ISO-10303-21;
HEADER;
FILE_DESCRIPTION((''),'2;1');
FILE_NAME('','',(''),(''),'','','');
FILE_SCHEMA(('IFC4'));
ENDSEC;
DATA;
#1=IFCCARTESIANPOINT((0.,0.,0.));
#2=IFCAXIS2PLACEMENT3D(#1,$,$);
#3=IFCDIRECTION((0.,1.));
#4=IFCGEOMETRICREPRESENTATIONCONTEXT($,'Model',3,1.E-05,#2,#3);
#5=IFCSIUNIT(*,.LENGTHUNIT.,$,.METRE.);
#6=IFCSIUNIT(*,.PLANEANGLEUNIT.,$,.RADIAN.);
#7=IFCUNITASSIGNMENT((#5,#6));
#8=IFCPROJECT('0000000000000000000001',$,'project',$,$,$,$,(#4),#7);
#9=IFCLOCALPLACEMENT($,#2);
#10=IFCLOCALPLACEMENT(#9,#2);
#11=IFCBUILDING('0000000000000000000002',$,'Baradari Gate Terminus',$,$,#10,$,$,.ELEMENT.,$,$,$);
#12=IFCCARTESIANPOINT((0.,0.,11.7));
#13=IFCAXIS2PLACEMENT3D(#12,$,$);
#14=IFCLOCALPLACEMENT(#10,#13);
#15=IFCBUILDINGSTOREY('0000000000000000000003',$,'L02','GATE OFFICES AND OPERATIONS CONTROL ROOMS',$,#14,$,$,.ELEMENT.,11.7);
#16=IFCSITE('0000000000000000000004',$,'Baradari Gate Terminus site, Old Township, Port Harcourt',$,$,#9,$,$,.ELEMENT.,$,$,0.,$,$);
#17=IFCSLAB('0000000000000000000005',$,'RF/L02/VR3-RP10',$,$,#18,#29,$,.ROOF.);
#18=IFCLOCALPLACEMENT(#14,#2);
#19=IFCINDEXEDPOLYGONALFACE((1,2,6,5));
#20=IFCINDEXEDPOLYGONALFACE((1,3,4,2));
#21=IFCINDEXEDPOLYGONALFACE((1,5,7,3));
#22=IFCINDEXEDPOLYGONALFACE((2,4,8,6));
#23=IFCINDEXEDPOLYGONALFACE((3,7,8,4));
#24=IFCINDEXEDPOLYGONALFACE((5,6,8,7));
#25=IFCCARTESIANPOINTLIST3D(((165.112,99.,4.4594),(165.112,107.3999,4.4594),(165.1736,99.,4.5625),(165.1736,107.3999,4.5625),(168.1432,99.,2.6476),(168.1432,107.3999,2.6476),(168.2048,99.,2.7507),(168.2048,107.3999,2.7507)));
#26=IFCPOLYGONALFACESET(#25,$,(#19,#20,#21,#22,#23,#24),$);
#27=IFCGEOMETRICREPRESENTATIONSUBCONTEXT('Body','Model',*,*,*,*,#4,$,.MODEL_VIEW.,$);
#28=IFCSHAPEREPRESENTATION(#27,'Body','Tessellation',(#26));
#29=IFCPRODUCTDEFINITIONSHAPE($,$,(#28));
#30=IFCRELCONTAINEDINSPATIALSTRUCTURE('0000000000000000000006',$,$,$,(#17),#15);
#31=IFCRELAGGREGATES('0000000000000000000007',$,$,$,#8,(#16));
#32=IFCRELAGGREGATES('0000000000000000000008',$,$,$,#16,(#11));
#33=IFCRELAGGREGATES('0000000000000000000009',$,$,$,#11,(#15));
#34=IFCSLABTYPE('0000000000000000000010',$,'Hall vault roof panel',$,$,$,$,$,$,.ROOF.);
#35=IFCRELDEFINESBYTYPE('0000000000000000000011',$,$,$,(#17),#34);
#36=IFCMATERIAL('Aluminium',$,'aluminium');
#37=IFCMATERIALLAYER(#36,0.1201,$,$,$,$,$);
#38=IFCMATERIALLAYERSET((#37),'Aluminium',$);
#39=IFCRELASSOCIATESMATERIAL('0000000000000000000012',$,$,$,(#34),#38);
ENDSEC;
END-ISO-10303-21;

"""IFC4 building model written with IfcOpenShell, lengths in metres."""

from ifc_helpers import new_model, si_unit, direction, frame, origin, place, context, subcontext, project, spatial, polyline, outline, extrude, material, layer, layer_set, type_object, element, save


model = new_model("IFC4")

# Units and contexts
model_context = context("Model", 3, precision=1e-05, world=origin(), true_north=direction((0.0, 1.0)))
body_context = subcontext(model_context, "Body", "Model", "MODEL_VIEW")
ifc_project = project(units=[si_unit("LENGTHUNIT", "METRE"), si_unit("PLANEANGLEUNIT", "RADIAN")], contexts=[model_context])

# Site, building, storey
site_placement = place(None, origin())
site = spatial("IfcSite", under=ifc_project, at=site_placement, Name="Baradari Gate Terminus site, Old Township, Port Harcourt", CompositionType="ELEMENT", RefElevation=0.0)
building_placement = place(site_placement, origin())
building = spatial("IfcBuilding", under=site, at=building_placement, Name="Baradari Gate Terminus", CompositionType="ELEMENT")
storey_placement = place(building_placement, frame((0.0, 0.0, 11.7)))
storey = spatial("IfcBuildingStorey", under=building, at=storey_placement, Name="L02", Description="GATE OFFICES AND OPERATIONS CONTROL ROOMS", CompositionType="ELEMENT", Elevation=11.7)

# Slab
ifc_material_1 = material(Name="Aluminium", Category="aluminium")
ifc_layer_1 = layer(ifc_material_1, 0.1201)
ifc_layer_set_1 = layer_set([ifc_layer_1], Name="Aluminium")
slab_type = type_object("IfcSlabType", Name="Hall vault roof panel", PredefinedType="ROOF", material=ifc_layer_set_1)
slab_1_placement = place(storey_placement, frame((165.1736, 99.0, 4.5625), z_axis=(0.513041, 0.0, 0.858364), x_axis=(0.0, 1.0, 0.0)))
element("IfcSlab", 1, at=slab_1_placement, inside=storey, type_object=slab_type, Name="RF/L02/VR3-RP10", PredefinedType="ROOF", context=body_context, shape_type="SweptSolid", body=[
    extrude(outline(polyline([(0.0, 0.0), (8.3999, 0.0), (8.3999, -3.5314), (0.0, -3.5314), (0.0, 0.0)])), origin(), (0.0, 0.0, -1.0), 0.1201),
])

save(model, "model.ifc")
